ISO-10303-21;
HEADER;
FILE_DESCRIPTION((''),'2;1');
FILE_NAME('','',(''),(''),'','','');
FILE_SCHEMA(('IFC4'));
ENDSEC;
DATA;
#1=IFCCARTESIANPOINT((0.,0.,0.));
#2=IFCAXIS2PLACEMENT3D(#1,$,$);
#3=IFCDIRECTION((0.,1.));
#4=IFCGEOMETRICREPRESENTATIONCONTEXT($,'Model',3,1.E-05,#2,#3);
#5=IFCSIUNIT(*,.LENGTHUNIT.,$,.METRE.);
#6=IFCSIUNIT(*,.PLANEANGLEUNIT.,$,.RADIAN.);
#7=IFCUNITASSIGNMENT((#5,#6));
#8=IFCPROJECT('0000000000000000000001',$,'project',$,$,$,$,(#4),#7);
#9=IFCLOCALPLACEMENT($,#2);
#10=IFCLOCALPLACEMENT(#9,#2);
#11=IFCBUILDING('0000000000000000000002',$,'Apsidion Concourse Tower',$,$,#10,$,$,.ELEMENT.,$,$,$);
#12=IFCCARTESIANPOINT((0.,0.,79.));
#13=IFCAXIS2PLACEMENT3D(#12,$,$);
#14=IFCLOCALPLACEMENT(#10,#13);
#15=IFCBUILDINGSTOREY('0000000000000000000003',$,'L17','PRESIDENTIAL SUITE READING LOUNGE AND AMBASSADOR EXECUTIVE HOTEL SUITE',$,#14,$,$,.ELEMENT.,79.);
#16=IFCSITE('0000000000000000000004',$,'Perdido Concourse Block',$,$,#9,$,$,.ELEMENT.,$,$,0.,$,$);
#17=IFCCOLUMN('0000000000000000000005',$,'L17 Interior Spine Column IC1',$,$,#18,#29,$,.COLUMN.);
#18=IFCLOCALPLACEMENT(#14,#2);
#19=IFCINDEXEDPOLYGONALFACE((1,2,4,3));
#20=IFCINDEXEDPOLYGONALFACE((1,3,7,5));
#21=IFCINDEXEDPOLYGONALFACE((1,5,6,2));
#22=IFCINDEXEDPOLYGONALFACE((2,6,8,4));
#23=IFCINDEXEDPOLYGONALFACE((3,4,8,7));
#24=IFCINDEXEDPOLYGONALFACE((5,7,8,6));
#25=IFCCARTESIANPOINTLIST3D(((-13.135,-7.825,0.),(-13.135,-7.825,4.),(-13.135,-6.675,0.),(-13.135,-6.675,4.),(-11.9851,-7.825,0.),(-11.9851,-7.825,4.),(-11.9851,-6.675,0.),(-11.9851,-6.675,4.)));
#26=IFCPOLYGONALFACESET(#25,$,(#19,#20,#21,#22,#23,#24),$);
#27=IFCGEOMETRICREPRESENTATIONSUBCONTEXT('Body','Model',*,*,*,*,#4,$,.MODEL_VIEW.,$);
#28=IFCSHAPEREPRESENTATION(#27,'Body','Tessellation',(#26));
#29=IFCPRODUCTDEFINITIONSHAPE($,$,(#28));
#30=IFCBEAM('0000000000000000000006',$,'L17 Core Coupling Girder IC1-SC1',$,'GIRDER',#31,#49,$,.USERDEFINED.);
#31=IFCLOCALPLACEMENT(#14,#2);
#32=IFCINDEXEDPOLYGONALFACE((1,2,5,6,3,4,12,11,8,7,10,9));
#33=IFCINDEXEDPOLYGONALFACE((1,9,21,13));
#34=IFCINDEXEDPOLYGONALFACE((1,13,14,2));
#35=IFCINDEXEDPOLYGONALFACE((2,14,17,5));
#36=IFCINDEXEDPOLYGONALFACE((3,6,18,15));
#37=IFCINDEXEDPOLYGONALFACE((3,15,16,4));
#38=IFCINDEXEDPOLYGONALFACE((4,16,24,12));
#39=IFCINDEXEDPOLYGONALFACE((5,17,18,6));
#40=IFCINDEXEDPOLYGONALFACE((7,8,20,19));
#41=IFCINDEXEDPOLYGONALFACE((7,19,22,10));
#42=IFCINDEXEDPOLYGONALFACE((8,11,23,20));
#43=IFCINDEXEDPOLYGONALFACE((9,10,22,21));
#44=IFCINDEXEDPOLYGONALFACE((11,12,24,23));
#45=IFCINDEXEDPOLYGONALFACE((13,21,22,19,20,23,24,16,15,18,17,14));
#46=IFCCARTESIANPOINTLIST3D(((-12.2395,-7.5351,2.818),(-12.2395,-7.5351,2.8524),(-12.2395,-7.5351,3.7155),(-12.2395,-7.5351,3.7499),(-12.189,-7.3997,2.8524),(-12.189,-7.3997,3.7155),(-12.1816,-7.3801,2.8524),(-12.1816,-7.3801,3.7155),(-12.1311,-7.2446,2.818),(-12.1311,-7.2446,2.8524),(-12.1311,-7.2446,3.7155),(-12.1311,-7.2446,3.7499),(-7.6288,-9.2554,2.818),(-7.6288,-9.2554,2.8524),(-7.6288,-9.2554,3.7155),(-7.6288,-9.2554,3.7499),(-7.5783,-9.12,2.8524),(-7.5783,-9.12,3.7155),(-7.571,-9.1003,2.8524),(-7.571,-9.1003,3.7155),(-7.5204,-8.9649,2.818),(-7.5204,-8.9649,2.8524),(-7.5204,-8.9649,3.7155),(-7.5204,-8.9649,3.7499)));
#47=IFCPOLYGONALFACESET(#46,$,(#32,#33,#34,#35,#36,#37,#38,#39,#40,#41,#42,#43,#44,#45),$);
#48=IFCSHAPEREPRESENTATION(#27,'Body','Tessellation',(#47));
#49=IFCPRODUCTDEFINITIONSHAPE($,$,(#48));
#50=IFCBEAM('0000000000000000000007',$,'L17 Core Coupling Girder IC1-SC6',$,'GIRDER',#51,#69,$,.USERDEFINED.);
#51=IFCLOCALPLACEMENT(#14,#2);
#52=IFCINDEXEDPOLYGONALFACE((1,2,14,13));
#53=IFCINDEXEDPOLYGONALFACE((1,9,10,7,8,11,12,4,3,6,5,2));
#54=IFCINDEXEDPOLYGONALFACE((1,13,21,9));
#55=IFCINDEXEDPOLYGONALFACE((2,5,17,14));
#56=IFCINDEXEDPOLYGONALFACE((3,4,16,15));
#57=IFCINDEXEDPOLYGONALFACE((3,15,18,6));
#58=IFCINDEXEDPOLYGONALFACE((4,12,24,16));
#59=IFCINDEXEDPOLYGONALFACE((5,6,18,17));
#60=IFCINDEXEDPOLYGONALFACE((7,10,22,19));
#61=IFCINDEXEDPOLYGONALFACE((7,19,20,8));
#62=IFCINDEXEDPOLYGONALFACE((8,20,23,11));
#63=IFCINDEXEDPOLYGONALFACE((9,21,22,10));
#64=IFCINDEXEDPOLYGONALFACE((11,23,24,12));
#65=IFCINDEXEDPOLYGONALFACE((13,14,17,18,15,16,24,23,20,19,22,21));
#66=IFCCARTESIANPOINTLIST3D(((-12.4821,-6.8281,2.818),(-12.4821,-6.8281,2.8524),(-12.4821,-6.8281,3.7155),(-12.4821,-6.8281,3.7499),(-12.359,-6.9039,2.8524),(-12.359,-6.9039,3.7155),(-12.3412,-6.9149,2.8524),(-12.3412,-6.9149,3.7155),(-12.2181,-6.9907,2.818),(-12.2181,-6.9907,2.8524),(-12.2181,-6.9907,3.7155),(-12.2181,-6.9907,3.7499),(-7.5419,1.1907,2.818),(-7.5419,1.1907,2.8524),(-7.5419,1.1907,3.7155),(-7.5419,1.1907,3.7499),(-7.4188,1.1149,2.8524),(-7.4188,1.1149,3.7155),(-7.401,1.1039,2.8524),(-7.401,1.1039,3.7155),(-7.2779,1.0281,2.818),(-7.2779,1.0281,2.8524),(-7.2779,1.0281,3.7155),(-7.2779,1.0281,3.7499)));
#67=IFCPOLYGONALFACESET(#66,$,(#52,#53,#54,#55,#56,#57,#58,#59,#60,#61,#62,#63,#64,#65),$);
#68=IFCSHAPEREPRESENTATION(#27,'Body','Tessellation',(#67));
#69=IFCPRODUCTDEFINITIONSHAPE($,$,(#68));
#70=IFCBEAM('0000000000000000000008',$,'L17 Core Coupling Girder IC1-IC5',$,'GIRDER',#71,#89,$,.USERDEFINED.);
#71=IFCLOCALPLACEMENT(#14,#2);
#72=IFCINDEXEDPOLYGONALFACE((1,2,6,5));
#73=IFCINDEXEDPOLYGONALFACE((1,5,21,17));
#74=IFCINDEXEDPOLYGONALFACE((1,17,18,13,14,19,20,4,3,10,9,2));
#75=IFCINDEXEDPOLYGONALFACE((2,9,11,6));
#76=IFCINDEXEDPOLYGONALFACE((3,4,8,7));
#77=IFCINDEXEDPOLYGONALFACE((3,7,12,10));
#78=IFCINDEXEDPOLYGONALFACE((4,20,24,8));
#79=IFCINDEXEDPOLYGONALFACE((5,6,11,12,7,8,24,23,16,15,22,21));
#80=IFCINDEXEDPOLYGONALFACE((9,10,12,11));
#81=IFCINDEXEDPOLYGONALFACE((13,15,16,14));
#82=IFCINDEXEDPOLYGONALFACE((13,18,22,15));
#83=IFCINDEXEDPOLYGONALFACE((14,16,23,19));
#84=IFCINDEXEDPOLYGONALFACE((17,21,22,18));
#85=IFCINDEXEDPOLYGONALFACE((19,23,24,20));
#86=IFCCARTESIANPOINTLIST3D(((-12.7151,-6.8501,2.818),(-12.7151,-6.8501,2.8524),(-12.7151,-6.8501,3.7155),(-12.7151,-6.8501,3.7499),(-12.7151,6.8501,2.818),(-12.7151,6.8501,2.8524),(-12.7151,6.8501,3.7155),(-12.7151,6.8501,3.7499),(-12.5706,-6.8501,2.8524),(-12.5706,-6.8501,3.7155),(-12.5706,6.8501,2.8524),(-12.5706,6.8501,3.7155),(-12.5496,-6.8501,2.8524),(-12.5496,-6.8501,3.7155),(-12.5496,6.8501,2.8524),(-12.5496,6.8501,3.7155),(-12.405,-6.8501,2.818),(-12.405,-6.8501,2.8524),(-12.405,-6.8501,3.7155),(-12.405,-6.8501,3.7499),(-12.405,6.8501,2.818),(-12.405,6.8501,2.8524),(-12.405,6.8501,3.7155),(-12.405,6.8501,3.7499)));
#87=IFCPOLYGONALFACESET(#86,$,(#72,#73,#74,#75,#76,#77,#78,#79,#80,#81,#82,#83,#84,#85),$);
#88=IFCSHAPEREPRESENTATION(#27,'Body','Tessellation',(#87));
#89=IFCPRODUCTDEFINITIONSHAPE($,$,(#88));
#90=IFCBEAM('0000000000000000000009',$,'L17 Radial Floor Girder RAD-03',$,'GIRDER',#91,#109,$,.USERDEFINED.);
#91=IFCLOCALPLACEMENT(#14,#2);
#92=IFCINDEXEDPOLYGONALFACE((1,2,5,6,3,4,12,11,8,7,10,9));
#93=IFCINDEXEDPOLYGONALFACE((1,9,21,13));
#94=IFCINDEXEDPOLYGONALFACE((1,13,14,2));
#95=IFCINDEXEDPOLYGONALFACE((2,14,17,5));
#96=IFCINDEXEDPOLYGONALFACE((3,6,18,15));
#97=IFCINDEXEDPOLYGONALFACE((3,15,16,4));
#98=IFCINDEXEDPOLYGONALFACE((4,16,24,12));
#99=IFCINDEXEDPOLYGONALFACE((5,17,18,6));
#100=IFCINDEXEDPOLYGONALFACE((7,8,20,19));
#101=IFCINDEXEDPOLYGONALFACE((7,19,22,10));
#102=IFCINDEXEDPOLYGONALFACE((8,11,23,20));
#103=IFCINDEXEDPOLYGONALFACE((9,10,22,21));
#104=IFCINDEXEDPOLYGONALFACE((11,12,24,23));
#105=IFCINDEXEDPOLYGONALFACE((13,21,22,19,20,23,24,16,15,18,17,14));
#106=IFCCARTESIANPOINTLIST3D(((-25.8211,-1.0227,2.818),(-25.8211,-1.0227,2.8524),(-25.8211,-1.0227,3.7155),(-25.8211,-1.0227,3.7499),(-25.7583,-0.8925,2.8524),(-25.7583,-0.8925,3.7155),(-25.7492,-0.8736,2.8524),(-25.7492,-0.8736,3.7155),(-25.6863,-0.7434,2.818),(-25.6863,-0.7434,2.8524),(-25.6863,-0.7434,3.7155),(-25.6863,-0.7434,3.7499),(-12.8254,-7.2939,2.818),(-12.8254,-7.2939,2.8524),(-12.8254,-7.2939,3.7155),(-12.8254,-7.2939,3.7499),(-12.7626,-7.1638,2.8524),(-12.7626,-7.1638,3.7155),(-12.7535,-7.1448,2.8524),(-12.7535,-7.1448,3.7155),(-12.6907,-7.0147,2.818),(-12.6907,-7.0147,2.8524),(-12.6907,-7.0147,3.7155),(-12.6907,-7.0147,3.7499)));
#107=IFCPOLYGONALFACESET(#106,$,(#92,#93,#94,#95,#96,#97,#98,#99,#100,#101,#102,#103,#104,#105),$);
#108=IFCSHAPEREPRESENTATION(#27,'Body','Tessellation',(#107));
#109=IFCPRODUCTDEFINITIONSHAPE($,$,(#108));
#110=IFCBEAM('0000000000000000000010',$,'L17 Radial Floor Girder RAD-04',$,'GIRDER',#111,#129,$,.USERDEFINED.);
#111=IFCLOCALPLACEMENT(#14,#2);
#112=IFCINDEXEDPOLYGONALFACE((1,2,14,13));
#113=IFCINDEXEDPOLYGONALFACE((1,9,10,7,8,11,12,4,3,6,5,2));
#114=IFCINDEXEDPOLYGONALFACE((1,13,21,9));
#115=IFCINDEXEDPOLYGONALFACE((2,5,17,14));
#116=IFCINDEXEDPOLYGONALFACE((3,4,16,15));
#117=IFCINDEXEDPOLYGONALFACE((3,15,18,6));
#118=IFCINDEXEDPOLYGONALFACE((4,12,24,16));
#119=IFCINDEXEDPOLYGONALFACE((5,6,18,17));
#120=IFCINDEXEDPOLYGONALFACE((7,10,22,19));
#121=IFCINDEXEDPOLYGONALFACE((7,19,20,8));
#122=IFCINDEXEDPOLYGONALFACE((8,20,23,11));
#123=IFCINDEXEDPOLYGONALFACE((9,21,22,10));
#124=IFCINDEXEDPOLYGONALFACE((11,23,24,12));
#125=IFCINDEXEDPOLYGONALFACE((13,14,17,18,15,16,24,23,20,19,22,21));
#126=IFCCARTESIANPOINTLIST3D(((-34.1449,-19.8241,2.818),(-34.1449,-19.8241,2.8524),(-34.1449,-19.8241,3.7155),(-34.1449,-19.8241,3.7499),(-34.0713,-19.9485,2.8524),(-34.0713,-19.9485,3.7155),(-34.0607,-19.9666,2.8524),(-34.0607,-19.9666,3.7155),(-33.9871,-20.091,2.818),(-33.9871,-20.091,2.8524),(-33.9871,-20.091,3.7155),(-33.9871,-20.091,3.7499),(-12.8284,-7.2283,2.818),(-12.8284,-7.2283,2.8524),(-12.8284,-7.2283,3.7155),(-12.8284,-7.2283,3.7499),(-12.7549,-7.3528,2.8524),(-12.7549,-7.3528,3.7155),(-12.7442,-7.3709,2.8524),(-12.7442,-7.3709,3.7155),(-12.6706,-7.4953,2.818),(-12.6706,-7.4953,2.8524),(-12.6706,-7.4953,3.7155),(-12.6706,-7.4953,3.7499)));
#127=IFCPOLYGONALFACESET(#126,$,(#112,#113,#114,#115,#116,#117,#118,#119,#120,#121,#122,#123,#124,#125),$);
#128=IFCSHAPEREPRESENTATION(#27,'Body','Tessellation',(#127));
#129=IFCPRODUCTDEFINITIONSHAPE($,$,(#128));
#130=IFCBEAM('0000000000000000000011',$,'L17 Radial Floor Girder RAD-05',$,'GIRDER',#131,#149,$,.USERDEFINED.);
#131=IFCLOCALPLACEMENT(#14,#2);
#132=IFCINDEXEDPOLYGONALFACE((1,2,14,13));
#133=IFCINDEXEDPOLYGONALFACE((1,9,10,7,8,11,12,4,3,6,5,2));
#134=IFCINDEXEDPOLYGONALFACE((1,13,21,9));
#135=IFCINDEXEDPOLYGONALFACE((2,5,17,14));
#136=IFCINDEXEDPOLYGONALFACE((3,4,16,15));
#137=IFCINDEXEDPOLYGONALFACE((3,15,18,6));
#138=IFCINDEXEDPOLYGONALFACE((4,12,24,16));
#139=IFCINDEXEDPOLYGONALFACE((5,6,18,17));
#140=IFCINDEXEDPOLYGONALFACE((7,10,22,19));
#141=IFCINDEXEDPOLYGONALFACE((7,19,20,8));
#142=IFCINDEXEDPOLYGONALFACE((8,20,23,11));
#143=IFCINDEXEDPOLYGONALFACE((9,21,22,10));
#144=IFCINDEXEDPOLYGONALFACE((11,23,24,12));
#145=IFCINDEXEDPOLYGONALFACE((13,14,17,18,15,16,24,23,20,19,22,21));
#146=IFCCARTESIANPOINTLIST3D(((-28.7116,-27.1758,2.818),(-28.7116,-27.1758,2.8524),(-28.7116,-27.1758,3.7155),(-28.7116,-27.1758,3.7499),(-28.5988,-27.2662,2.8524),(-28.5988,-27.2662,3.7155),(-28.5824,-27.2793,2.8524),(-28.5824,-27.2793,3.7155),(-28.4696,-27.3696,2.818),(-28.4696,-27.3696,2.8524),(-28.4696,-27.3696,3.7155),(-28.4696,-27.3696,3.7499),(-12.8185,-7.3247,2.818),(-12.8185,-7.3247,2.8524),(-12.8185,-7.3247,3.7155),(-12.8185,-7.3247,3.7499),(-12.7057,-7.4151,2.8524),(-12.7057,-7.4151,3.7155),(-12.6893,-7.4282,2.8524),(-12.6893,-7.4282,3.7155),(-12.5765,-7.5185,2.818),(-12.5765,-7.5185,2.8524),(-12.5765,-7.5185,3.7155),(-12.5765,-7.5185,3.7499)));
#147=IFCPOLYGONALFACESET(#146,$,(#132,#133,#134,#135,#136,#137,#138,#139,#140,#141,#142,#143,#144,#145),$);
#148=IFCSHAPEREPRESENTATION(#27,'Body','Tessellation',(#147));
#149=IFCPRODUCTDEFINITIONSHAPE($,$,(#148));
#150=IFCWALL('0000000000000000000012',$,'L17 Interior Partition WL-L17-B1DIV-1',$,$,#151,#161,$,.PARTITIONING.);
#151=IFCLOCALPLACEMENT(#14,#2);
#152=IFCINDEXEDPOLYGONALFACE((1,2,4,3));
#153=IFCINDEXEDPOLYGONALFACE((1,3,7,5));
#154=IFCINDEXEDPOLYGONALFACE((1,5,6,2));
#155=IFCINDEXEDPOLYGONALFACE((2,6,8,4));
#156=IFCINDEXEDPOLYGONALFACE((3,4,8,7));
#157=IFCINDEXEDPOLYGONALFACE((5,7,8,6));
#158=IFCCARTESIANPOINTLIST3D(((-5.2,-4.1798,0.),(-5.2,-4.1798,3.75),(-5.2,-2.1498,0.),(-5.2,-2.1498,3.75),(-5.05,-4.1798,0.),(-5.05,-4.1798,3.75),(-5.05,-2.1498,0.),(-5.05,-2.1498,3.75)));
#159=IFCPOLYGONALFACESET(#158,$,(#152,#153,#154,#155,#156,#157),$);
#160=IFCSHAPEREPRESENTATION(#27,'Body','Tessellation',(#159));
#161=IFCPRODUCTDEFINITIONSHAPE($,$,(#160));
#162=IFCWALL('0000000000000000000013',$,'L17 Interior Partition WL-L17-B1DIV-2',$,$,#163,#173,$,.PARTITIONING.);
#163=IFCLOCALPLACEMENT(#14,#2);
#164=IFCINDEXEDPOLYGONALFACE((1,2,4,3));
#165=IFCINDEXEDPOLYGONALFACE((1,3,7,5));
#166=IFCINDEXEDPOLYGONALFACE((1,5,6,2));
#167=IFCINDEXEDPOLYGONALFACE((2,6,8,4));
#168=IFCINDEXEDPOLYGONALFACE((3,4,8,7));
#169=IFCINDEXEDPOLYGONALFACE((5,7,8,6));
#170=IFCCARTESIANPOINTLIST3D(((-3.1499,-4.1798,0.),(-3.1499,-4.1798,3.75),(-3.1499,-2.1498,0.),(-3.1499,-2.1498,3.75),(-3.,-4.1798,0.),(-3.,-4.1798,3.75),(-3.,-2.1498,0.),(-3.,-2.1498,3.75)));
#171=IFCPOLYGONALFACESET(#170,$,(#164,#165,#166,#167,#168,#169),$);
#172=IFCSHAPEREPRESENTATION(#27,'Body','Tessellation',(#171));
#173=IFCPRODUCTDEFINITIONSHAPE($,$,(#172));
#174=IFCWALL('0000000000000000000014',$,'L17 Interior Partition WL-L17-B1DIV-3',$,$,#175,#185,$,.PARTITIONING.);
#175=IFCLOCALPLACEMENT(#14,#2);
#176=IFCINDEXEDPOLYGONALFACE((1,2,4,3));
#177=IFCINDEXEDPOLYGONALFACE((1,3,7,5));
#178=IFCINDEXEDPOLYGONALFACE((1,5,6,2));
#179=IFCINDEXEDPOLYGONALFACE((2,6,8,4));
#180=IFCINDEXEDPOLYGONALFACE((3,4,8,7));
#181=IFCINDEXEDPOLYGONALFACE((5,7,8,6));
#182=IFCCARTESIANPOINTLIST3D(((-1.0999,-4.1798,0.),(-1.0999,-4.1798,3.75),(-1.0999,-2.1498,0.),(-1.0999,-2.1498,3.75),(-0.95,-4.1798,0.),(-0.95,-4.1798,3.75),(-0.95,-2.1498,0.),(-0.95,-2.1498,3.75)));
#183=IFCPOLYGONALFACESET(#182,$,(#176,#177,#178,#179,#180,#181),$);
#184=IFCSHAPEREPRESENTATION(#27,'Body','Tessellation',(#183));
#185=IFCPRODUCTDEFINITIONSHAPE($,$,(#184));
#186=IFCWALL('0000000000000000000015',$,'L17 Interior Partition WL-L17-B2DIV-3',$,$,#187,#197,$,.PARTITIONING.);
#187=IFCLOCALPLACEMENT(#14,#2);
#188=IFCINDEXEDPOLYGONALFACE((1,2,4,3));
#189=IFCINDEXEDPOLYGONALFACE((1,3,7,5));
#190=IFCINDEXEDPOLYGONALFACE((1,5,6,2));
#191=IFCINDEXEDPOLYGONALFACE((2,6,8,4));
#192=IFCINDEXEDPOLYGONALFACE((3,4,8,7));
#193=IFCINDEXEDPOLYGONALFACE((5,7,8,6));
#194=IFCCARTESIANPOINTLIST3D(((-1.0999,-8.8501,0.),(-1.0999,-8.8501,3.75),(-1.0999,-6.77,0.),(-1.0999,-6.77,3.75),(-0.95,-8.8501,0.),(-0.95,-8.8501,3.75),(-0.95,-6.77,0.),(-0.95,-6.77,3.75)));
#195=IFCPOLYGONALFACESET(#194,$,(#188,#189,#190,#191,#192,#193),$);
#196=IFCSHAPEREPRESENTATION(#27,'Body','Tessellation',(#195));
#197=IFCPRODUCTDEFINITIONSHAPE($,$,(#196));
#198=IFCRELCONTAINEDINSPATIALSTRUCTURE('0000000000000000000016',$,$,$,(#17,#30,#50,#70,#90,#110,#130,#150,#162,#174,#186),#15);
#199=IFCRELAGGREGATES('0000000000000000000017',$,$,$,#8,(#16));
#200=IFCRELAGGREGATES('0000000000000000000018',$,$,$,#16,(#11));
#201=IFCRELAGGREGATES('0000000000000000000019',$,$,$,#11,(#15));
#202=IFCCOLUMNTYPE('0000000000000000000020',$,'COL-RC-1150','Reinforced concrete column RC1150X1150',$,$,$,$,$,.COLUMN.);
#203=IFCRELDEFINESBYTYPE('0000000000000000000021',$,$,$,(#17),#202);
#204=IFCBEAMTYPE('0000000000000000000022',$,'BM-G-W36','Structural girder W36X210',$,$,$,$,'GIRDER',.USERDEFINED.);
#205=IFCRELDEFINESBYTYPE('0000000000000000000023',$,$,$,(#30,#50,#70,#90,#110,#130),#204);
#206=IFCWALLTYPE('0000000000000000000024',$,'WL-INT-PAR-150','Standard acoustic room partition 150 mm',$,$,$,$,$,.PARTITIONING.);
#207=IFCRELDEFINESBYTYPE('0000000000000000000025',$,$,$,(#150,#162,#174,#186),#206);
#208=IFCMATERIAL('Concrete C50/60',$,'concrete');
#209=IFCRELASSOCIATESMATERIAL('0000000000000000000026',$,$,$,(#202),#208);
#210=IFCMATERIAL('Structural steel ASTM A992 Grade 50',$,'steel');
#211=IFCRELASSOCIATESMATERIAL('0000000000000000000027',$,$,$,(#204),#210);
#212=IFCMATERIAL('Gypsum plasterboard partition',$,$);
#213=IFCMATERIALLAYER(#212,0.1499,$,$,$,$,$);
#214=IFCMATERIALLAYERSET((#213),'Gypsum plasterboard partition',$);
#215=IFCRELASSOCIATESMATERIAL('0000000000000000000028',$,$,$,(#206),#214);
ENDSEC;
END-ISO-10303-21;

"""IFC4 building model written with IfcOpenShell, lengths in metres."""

from ifc_helpers import new_model, si_unit, direction, frame, frame_2d, origin, origin_2d, place, context, subcontext, project, spatial, rectangle, i_section, extrude, material, layer, layer_set, material_profile, profile_set, type_object, element, save


model = new_model("IFC4")

# Units and contexts
model_context = context("Model", 3, precision=1e-05, world=origin(), true_north=direction((0.0, 1.0)))
body_context = subcontext(model_context, "Body", "Model", "MODEL_VIEW")
ifc_project = project(units=[si_unit("LENGTHUNIT", "METRE"), si_unit("PLANEANGLEUNIT", "RADIAN")], contexts=[model_context])

# Site, building, storey
site_placement = place(None, origin())
site = spatial("IfcSite", under=ifc_project, at=site_placement, Name="Perdido Concourse Block", CompositionType="ELEMENT", RefElevation=0.0)
building_placement = place(site_placement, origin())
building = spatial("IfcBuilding", under=site, at=building_placement, Name="Apsidion Concourse Tower", CompositionType="ELEMENT")
storey_placement = place(building_placement, frame((0.0, 0.0, 79.0)))
storey = spatial("IfcBuildingStorey", under=building, at=storey_placement, Name="L17", Description="PRESIDENTIAL SUITE READING LOUNGE AND AMBASSADOR EXECUTIVE HOTEL SUITE", CompositionType="ELEMENT", Elevation=79.0)

# Column
ifc_material_1 = material(Name="Concrete C50/60", Category="concrete")
ifc_material_profile_1 = material_profile(ifc_material_1, rectangle(XDim=1.1499, YDim=1.1499, at=origin_2d()), Name="RC 1150x1150")
ifc_profile_set_1 = profile_set([ifc_material_profile_1], Name="Concrete C50/60")
column_type = type_object("IfcColumnType", Name="COL-RC-1150", Description="Reinforced concrete column RC1150X1150", PredefinedType="COLUMN", material=ifc_profile_set_1)
column_placement = place(storey_placement, frame((-12.5601, -7.25, 0.0), z_axis=(0.0, 0.0, 1.0), x_axis=(1.0, 0.0, 0.0)))
element("IfcColumn", 1, at=column_placement, inside=storey, type_object=column_type, Name="L17 Interior Spine Column IC1", PredefinedType="COLUMN", context=body_context, shape_type="SweptSolid", body=[
    extrude(rectangle(XDim=1.1499, YDim=1.1499, at=origin_2d()), origin(), (0.0, 0.0, 1.0), 4.0),
])

# Beams
ifc_material_2 = material(Name="Structural steel ASTM A992 Grade 50", Category="steel")
ifc_material_profile_2 = material_profile(ifc_material_2, i_section(OverallWidth=0.3101, OverallDepth=0.9319, WebThickness=0.021, FlangeThickness=0.0344, at=origin_2d()), Name="W36X210")
ifc_profile_set_2 = profile_set([ifc_material_profile_2], Name="Structural steel ASTM A992 Grade 50")
beam_type = type_object("IfcBeamType", Name="BM-G-W36", Description="Structural girder W36X210", ElementType="GIRDER", PredefinedType="USERDEFINED", material=ifc_profile_set_2)
beam_1_placement = place(storey_placement, frame((-12.1853, -7.3899, 3.2839), z_axis=(0.936913, -0.349563, 0.0), x_axis=(0.349563, 0.936913, 0.0)))
element("IfcBeam", 2, at=beam_1_placement, inside=storey, type_object=beam_type, Name="L17 Core Coupling Girder IC1-SC1", ObjectType="GIRDER", PredefinedType="USERDEFINED", context=body_context, shape_type="SweptSolid", body=[
    extrude(i_section(OverallWidth=0.3101, OverallDepth=0.9319, WebThickness=0.021, FlangeThickness=0.0344, at=origin_2d()), origin(), (0.0, 0.0, 1.0), 4.9211),
])
beam_2_placement = place(storey_placement, frame((-12.3501, -6.9094, 3.2839), z_axis=(0.524524, 0.851396, 0.0), x_axis=(-0.851396, 0.524524, 0.0)))
element("IfcBeam", 3, at=beam_2_placement, inside=storey, type_object=beam_type, Name="L17 Core Coupling Girder IC1-SC6", ObjectType="GIRDER", PredefinedType="USERDEFINED", context=body_context, shape_type="SweptSolid", body=[
    extrude(i_section(OverallWidth=0.3101, OverallDepth=0.9319, WebThickness=0.021, FlangeThickness=0.0344, at=origin_2d()), origin(), (0.0, 0.0, 1.0), 9.4185),
])
beam_3_placement = place(storey_placement, frame((-12.5601, -6.8501, 3.2839), z_axis=(0.0, 1.0, 0.0), x_axis=(-1.0, 0.0, 0.0)))
element("IfcBeam", 4, at=beam_3_placement, inside=storey, type_object=beam_type, Name="L17 Core Coupling Girder IC1-IC5", ObjectType="GIRDER", PredefinedType="USERDEFINED", context=body_context, shape_type="SweptSolid", body=[
    extrude(i_section(OverallWidth=0.3101, OverallDepth=0.9319, WebThickness=0.021, FlangeThickness=0.0344, at=origin_2d()), origin(), (0.0, 0.0, 1.0), 13.7002),
])
beam_4_placement = place(storey_placement, frame((-12.7581, -7.1543, 3.2839), z_axis=(-0.900619, 0.434609, 0.0), x_axis=(-0.434609, -0.900619, 0.0)))
element("IfcBeam", 5, at=beam_4_placement, inside=storey, type_object=beam_type, Name="L17 Radial Floor Girder RAD-03", ObjectType="GIRDER", PredefinedType="USERDEFINED", context=body_context, shape_type="SweptSolid", body=[
    extrude(i_section(OverallWidth=0.3101, OverallDepth=0.9319, WebThickness=0.021, FlangeThickness=0.0344, at=origin_2d()), origin(), (0.0, 0.0, 1.0), 14.4297),
])
beam_5_placement = place(storey_placement, frame((-12.7495, -7.3618, 3.2839), z_axis=(-0.860933, -0.508719, 0.0), x_axis=(0.508719, -0.860933, 0.0)))
element("IfcBeam", 6, at=beam_5_placement, inside=storey, type_object=beam_type, Name="L17 Radial Floor Girder RAD-04", ObjectType="GIRDER", PredefinedType="USERDEFINED", context=body_context, shape_type="SweptSolid", body=[
    extrude(i_section(OverallWidth=0.3101, OverallDepth=0.9319, WebThickness=0.021, FlangeThickness=0.0344, at=origin_2d()), origin(), (0.0, 0.0, 1.0), 24.7598),
])
beam_6_placement = place(storey_placement, frame((-12.6975, -7.4216, 3.2839), z_axis=(-0.624988, -0.780635, 0.0), x_axis=(0.780635, -0.624988, 0.0)))
element("IfcBeam", 7, at=beam_6_placement, inside=storey, type_object=beam_type, Name="L17 Radial Floor Girder RAD-05", ObjectType="GIRDER", PredefinedType="USERDEFINED", context=body_context, shape_type="SweptSolid", body=[
    extrude(i_section(OverallWidth=0.3101, OverallDepth=0.9319, WebThickness=0.021, FlangeThickness=0.0344, at=origin_2d()), origin(), (0.0, 0.0, 1.0), 25.4294),
])

# Walls
ifc_material_3 = material(Name="Gypsum plasterboard partition")
ifc_layer_1 = layer(ifc_material_3, 0.1499)
ifc_layer_set_1 = layer_set([ifc_layer_1], Name="Gypsum plasterboard partition")
wall_type_1 = type_object("IfcWallType", Name="WL-INT-PAR-150", Description="Standard acoustic room partition 150 mm", PredefinedType="PARTITIONING", material=ifc_layer_set_1)
for number, where, z_axis, x_axis, name in (
    (8, (-5.125, -4.1799, 0.0), (0.0, 0.0, 1.0), (0.0, 1.0, 0.0), "L17 Interior Partition WL-L17-B1DIV-1"),
    (9, (-3.075, -4.1799, 0.0), (0.0, 0.0, 1.0), (0.0, 1.0, 0.0), "L17 Interior Partition WL-L17-B1DIV-2"),
    (10, (-1.0249, -4.1799, 0.0), (0.0, 0.0, 1.0), (0.0, 1.0, 0.0), "L17 Interior Partition WL-L17-B1DIV-3"),
):
    element("IfcWall", number, at=place(storey_placement, frame(where, z_axis=z_axis, x_axis=x_axis)), inside=storey, type_object=wall_type_1, Name=name, PredefinedType="PARTITIONING", context=body_context, shape_type="SweptSolid", body=[
        extrude(rectangle(XDim=2.03, YDim=0.1499, at=frame_2d((1.0151, 0.0))), origin(), (0.0, 0.0, 1.0), 3.75),
    ])
wall_1_placement = place(storey_placement, frame((-1.0249, -8.8501, 0.0), z_axis=(0.0, 0.0, 1.0), x_axis=(0.0, 1.0, 0.0)))
element("IfcWall", 11, at=wall_1_placement, inside=storey, type_object=wall_type_1, Name="L17 Interior Partition WL-L17-B2DIV-3", PredefinedType="PARTITIONING", context=body_context, shape_type="SweptSolid", body=[
    extrude(rectangle(XDim=2.0801, YDim=0.1499, at=frame_2d((1.04, 0.0))), origin(), (0.0, 0.0, 1.0), 3.75),
])

save(model, "model.ifc")
